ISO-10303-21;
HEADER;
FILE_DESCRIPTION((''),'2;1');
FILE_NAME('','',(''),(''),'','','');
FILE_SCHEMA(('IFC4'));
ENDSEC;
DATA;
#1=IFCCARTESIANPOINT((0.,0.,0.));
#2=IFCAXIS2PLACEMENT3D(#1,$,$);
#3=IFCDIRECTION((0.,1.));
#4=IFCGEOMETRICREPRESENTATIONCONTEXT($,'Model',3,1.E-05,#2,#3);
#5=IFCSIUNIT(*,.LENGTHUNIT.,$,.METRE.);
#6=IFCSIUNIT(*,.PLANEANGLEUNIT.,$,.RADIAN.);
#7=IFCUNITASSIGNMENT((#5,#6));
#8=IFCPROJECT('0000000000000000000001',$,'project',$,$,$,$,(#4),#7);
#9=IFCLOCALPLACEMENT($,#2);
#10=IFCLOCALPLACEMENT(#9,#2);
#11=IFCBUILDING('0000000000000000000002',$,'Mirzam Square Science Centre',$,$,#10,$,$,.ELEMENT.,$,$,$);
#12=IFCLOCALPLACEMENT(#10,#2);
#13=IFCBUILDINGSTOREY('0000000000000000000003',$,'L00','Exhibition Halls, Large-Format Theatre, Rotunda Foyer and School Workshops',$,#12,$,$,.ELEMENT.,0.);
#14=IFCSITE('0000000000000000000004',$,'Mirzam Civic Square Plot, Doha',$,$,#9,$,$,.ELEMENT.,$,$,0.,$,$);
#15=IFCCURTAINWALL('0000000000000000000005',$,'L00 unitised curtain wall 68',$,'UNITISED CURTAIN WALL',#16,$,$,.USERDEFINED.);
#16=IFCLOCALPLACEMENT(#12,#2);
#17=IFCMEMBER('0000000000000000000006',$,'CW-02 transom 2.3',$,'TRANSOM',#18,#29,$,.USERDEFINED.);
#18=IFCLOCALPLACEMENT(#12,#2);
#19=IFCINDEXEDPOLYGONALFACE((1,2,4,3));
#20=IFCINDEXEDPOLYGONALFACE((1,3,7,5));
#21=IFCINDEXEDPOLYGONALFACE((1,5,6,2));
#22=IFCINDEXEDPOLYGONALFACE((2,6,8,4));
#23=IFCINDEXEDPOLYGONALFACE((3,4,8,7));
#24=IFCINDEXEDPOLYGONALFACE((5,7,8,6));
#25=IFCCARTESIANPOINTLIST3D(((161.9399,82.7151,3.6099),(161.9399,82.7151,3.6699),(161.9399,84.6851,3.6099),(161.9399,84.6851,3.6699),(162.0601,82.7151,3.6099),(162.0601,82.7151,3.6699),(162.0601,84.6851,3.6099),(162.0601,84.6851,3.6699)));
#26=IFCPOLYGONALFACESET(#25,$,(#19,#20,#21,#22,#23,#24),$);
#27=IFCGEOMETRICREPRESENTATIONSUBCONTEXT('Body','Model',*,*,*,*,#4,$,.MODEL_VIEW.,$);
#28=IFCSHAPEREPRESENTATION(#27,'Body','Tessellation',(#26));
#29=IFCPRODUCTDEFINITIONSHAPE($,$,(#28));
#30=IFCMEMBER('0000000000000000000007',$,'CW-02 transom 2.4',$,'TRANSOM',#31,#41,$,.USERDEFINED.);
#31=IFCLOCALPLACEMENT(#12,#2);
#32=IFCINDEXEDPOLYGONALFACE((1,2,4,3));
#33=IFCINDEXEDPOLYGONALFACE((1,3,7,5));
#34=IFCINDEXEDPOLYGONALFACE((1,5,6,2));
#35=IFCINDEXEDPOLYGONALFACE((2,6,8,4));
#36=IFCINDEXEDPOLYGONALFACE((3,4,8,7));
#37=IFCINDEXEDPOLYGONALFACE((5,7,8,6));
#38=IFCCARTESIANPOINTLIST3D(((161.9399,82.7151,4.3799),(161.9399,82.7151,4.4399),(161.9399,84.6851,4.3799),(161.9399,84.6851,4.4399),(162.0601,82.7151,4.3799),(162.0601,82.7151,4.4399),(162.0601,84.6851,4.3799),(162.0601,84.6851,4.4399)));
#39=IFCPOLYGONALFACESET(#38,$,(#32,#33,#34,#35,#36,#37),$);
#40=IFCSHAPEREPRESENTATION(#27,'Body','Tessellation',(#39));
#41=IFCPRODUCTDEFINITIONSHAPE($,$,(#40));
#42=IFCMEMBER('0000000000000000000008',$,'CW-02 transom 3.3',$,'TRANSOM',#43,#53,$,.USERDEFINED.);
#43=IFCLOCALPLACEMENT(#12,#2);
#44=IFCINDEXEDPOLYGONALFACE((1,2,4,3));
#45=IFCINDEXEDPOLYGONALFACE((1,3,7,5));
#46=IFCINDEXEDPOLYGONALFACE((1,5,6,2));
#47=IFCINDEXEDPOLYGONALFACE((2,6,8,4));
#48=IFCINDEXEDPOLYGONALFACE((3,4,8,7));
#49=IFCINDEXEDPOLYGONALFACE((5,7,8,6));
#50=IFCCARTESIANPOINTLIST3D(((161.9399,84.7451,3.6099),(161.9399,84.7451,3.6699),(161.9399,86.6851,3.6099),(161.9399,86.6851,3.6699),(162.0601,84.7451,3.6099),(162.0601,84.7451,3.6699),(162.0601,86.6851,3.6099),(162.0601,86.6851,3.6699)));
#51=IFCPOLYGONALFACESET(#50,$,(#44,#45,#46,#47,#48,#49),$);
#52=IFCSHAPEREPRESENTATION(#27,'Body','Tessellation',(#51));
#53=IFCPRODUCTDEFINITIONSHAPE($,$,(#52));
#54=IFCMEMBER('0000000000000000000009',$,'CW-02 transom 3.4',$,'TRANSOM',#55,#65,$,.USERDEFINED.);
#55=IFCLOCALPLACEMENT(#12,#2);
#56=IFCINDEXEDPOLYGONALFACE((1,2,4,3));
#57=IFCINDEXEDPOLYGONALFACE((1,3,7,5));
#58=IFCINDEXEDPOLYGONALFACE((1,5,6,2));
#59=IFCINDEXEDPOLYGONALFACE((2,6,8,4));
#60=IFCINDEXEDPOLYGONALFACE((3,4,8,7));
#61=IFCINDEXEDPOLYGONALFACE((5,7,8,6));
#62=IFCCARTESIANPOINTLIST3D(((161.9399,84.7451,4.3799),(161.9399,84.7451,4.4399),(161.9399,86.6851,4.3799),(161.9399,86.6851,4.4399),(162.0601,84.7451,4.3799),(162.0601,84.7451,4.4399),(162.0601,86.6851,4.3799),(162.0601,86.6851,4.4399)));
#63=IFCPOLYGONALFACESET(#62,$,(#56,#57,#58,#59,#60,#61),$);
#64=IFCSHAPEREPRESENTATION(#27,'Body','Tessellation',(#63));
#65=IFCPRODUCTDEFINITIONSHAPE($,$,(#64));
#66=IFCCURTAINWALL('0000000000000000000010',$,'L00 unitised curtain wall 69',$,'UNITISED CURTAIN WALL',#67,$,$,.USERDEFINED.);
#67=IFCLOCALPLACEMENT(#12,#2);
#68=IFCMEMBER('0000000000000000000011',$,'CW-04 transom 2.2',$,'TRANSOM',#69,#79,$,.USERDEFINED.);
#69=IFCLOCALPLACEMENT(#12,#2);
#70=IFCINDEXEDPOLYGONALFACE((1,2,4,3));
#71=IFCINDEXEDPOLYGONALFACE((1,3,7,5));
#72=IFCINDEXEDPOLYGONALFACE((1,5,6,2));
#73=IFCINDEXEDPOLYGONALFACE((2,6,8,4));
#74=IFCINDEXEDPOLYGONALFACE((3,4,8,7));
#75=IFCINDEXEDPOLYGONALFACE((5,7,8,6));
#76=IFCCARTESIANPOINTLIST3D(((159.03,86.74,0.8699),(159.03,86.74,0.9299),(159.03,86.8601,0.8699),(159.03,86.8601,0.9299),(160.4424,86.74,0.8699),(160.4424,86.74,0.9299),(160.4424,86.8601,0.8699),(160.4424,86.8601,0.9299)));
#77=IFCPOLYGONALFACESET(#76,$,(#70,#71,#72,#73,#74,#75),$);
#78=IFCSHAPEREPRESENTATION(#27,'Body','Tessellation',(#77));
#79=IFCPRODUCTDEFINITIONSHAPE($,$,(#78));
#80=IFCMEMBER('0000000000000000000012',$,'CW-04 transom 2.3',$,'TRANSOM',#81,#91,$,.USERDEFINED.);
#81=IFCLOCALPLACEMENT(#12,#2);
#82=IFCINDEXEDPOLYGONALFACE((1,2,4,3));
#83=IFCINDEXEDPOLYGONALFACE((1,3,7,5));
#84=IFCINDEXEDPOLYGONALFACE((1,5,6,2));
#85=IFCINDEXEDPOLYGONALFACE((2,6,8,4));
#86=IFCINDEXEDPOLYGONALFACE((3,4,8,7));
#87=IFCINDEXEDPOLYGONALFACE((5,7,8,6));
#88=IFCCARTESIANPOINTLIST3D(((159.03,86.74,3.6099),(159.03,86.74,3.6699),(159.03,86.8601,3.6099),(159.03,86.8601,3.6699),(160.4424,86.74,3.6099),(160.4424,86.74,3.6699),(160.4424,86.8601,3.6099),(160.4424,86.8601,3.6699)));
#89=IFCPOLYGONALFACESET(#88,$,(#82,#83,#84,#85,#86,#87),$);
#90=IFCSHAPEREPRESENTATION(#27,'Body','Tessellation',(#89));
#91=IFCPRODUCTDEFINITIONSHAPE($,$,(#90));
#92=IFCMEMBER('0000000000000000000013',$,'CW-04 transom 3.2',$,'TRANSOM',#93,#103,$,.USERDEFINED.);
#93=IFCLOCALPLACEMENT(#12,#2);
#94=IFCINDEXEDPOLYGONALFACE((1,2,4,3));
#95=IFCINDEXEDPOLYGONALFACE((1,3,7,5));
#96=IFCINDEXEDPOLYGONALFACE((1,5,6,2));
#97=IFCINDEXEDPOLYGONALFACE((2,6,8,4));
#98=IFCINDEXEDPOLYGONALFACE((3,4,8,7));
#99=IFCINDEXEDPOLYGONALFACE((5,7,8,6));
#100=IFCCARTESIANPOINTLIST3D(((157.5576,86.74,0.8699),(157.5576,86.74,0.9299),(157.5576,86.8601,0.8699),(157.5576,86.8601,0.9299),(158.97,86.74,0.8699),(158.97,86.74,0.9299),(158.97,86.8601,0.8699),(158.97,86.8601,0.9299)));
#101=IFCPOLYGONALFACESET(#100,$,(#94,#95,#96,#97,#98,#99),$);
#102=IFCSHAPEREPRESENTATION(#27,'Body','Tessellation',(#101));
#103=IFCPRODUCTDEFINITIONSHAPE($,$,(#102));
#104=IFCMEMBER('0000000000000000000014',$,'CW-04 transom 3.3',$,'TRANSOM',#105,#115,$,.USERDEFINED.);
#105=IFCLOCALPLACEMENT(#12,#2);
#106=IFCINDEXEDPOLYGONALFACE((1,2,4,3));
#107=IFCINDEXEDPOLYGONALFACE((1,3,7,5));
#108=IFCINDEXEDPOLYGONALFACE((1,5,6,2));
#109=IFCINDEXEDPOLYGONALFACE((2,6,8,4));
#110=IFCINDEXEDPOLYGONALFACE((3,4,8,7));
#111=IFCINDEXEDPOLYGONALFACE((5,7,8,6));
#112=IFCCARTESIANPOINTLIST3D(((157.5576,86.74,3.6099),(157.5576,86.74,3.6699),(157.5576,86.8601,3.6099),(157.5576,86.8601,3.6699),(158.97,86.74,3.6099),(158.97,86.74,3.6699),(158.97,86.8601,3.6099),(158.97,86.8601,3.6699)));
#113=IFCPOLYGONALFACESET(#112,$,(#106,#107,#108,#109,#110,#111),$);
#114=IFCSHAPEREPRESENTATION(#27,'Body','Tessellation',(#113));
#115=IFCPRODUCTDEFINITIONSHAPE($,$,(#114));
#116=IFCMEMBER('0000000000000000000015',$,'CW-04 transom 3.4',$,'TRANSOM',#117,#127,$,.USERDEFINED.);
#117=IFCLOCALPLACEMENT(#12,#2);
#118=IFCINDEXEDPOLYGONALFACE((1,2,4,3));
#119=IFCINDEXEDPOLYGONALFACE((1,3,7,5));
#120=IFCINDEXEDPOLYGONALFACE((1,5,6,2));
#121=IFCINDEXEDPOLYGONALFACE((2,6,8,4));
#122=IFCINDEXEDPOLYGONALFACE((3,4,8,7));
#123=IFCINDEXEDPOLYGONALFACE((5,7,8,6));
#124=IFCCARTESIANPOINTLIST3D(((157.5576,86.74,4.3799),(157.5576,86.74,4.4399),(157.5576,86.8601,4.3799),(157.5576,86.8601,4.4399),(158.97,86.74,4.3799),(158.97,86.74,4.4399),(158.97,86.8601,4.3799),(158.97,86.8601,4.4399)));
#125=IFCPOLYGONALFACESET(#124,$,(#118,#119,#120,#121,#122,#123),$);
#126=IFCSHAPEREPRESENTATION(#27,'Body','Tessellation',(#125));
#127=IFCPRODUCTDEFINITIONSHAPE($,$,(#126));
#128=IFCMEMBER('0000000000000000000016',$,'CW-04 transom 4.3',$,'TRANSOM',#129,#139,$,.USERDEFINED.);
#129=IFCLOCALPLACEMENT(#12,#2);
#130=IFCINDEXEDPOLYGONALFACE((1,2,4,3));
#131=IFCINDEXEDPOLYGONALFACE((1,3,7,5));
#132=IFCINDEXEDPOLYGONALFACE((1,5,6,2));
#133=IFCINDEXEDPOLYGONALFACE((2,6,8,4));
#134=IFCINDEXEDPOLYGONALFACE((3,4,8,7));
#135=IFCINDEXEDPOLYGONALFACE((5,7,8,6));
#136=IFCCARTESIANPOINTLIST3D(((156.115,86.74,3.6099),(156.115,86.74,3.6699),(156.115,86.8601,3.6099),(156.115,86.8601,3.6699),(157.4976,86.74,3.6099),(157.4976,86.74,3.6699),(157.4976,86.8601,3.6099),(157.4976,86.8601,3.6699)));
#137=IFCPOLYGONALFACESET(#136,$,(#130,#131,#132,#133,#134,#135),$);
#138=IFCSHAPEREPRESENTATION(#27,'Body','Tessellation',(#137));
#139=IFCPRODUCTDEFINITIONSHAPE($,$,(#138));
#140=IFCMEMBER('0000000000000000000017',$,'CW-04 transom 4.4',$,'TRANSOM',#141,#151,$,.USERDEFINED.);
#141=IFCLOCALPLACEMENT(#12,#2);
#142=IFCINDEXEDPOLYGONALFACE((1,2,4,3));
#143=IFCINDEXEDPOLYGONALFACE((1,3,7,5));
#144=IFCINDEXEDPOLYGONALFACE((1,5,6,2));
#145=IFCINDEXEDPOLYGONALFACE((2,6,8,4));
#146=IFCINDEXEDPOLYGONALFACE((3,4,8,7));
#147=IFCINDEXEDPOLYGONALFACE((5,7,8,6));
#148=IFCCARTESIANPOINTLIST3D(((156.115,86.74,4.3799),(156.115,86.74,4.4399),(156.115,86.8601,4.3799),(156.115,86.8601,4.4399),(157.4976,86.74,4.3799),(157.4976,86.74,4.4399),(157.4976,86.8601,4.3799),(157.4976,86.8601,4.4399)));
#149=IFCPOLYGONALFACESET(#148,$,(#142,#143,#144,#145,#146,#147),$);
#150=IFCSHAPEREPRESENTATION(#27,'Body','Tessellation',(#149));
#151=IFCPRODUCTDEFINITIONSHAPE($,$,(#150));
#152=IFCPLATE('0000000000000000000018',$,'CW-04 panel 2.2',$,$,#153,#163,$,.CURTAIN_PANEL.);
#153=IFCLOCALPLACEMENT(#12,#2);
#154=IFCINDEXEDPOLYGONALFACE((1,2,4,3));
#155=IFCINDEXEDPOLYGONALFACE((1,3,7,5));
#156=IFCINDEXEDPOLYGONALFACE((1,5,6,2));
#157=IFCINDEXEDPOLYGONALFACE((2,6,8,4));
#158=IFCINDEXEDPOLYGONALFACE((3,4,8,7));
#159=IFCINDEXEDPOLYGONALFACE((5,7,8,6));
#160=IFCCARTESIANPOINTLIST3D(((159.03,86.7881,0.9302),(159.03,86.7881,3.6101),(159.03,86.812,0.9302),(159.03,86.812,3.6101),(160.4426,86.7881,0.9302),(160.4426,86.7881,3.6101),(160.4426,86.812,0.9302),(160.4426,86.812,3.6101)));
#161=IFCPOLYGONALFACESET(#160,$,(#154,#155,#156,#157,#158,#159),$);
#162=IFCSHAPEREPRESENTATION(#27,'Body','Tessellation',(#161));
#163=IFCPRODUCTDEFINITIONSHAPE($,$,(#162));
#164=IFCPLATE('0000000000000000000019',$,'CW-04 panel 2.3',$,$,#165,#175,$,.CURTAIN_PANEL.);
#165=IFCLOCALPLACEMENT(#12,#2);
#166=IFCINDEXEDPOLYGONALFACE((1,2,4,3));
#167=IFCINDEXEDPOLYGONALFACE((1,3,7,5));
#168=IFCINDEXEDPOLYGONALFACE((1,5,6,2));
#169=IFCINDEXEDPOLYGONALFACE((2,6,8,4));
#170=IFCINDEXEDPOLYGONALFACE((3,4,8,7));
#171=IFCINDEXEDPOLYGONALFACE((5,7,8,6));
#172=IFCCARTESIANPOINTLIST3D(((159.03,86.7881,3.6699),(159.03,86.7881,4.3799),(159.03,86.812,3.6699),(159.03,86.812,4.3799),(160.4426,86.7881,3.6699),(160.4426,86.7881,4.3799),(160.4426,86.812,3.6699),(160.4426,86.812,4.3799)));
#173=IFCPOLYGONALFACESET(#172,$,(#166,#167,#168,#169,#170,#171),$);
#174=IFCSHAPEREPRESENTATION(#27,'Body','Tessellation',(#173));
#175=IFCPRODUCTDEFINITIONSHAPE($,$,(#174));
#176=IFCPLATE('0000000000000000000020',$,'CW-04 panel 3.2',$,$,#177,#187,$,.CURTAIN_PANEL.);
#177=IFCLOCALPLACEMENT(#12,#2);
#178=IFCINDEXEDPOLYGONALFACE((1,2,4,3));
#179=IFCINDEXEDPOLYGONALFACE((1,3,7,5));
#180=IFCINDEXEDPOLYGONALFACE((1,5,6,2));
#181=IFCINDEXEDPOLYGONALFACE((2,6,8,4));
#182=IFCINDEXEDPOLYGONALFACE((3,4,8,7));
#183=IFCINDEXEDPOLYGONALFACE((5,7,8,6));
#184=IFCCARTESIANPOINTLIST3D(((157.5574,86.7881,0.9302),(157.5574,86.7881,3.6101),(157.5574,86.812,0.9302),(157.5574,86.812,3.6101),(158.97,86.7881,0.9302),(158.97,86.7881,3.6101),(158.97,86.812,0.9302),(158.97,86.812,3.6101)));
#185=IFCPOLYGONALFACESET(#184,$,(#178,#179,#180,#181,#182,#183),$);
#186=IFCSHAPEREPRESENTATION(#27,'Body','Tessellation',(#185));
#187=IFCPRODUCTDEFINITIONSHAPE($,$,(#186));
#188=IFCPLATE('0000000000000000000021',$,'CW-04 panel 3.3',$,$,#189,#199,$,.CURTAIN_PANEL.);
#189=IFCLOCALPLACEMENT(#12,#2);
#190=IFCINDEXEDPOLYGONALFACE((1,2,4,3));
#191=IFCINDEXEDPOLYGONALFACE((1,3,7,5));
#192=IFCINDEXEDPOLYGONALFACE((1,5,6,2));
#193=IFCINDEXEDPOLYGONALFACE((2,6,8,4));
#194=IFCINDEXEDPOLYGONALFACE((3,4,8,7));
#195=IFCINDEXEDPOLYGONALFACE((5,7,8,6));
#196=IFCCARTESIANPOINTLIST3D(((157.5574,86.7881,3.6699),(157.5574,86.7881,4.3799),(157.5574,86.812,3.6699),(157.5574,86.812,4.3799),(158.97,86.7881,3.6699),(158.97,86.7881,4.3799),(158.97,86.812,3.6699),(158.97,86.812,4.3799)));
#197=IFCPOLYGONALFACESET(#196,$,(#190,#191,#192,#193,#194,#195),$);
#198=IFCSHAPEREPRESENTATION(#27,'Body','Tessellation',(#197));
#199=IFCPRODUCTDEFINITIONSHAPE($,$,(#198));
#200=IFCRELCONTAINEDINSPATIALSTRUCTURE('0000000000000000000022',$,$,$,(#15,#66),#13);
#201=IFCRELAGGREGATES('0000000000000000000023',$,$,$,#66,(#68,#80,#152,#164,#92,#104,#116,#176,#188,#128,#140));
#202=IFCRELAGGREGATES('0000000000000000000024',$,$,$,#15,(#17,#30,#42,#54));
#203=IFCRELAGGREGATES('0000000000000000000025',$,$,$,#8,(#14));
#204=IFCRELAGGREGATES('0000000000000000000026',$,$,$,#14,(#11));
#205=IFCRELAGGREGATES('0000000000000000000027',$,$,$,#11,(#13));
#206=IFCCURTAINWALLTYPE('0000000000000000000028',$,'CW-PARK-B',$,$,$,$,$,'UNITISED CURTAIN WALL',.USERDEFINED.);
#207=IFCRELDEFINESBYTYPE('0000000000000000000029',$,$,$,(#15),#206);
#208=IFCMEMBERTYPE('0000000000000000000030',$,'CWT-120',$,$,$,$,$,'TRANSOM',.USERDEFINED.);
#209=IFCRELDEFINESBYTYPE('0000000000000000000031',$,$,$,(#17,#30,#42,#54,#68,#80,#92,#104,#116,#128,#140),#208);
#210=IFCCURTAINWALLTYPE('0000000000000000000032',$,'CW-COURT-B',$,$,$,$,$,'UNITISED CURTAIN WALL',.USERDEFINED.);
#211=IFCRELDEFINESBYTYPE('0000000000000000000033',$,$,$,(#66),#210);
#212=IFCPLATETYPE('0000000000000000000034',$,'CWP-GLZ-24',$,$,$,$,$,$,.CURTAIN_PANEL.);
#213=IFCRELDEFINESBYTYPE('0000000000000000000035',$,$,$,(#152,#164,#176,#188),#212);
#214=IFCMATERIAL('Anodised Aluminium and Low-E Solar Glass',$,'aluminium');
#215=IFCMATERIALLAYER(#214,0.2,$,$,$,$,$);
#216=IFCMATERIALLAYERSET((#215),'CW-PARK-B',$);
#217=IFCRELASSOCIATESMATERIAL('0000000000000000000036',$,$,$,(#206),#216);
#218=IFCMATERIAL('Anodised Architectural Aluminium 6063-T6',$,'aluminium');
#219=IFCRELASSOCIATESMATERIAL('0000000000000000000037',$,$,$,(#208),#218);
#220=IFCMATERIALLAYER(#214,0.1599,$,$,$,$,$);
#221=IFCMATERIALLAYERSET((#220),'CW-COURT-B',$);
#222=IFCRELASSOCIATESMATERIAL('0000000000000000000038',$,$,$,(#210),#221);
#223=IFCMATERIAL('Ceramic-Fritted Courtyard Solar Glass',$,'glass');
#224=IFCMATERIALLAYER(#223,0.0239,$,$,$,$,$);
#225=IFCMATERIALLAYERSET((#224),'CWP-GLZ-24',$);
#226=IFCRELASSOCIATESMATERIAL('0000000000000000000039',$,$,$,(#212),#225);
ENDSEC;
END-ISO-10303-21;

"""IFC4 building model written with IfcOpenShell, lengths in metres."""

from ifc_helpers import new_model, si_unit, direction, frame, origin, origin_2d, place, context, subcontext, project, spatial, rectangle, extrude, material, layer, layer_set, material_profile, profile_set, type_object, element, aggregate, save


model = new_model("IFC4")

# Units and contexts
model_context = context("Model", 3, precision=1e-05, world=origin(), true_north=direction((0.0, 1.0)))
body_context = subcontext(model_context, "Body", "Model", "MODEL_VIEW")
ifc_project = project(units=[si_unit("LENGTHUNIT", "METRE"), si_unit("PLANEANGLEUNIT", "RADIAN")], contexts=[model_context])

# Site, building, storey
site_placement = place(None, origin())
site = spatial("IfcSite", under=ifc_project, at=site_placement, Name="Mirzam Civic Square Plot, Doha", CompositionType="ELEMENT", RefElevation=0.0)
building_placement = place(site_placement, origin())
building = spatial("IfcBuilding", under=site, at=building_placement, Name="Mirzam Square Science Centre", CompositionType="ELEMENT")
storey_placement = place(building_placement, origin())
storey = spatial("IfcBuildingStorey", under=building, at=storey_placement, Name="L00", Description="Exhibition Halls, Large-Format Theatre, Rotunda Foyer and School Workshops", CompositionType="ELEMENT", Elevation=0.0)

# Curtain wall, members
ifc_material_1 = material(Name="Anodised Aluminium and Low-E Solar Glass", Category="aluminium")
ifc_layer_1 = layer(ifc_material_1, 0.2)
ifc_layer_set_1 = layer_set([ifc_layer_1], Name="CW-PARK-B")
curtain_wall_type_1 = type_object("IfcCurtainWallType", Name="CW-PARK-B", ElementType="UNITISED CURTAIN WALL", PredefinedType="USERDEFINED", material=ifc_layer_set_1)
curtain_wall_1_placement = place(storey_placement, origin())
curtain_wall_1 = element("IfcCurtainWall", 1, at=curtain_wall_1_placement, inside=storey, type_object=curtain_wall_type_1, Name="L00 unitised curtain wall 68", ObjectType="UNITISED CURTAIN WALL", PredefinedType="USERDEFINED")
ifc_material_2 = material(Name="Anodised Architectural Aluminium 6063-T6", Category="aluminium")
ifc_material_profile = material_profile(ifc_material_2, rectangle(XDim=0.1201, YDim=0.0601, at=origin_2d()), Name="ALU-TRAN-120x60x4")
ifc_profile_set = profile_set([ifc_material_profile], Name="Anodised Architectural Aluminium 6063-T6")
member_type = type_object("IfcMemberType", Name="CWT-120", ElementType="TRANSOM", PredefinedType="USERDEFINED", material=ifc_profile_set)
member_1_placement = place(storey_placement, frame((162.0, 82.7151, 3.6399), z_axis=(0.0, 1.0, 0.0), x_axis=(-1.0, 0.0, 0.0)))
member_1 = element("IfcMember", 2, at=member_1_placement, type_object=member_type, Name="CW-02 transom 2.3", ObjectType="TRANSOM", PredefinedType="USERDEFINED", context=body_context, shape_type="SweptSolid", body=[
    extrude(rectangle(XDim=0.1201, YDim=0.0601, at=origin_2d()), origin(), (0.0, 0.0, 1.0), 1.97),
])
member_2_placement = place(storey_placement, frame((162.0, 82.7151, 4.4099), z_axis=(0.0, 1.0, 0.0), x_axis=(-1.0, 0.0, 0.0)))
member_2 = element("IfcMember", 3, at=member_2_placement, type_object=member_type, Name="CW-02 transom 2.4", ObjectType="TRANSOM", PredefinedType="USERDEFINED", context=body_context, shape_type="SweptSolid", body=[
    extrude(rectangle(XDim=0.1201, YDim=0.0601, at=origin_2d()), origin(), (0.0, 0.0, 1.0), 1.97),
])
member_3_placement = place(storey_placement, frame((162.0, 84.7451, 3.6399), z_axis=(0.0, 1.0, 0.0), x_axis=(-1.0, 0.0, 0.0)))
member_3 = element("IfcMember", 4, at=member_3_placement, type_object=member_type, Name="CW-02 transom 3.3", ObjectType="TRANSOM", PredefinedType="USERDEFINED", context=body_context, shape_type="SweptSolid", body=[
    extrude(rectangle(XDim=0.1201, YDim=0.0601, at=origin_2d()), origin(), (0.0, 0.0, 1.0), 1.9399),
])
member_4_placement = place(storey_placement, frame((162.0, 84.7451, 4.4099), z_axis=(0.0, 1.0, 0.0), x_axis=(-1.0, 0.0, 0.0)))
member_4 = element("IfcMember", 5, at=member_4_placement, type_object=member_type, Name="CW-02 transom 3.4", ObjectType="TRANSOM", PredefinedType="USERDEFINED", context=body_context, shape_type="SweptSolid", body=[
    extrude(rectangle(XDim=0.1201, YDim=0.0601, at=origin_2d()), origin(), (0.0, 0.0, 1.0), 1.9399),
])

# Curtain wall, members, plates
ifc_layer_2 = layer(ifc_material_1, 0.1599)
ifc_layer_set_2 = layer_set([ifc_layer_2], Name="CW-COURT-B")
curtain_wall_type_2 = type_object("IfcCurtainWallType", Name="CW-COURT-B", ElementType="UNITISED CURTAIN WALL", PredefinedType="USERDEFINED", material=ifc_layer_set_2)
curtain_wall_2_placement = place(storey_placement, origin())
curtain_wall_2 = element("IfcCurtainWall", 6, at=curtain_wall_2_placement, inside=storey, type_object=curtain_wall_type_2, Name="L00 unitised curtain wall 69", ObjectType="UNITISED CURTAIN WALL", PredefinedType="USERDEFINED")
member_5_placement = place(storey_placement, frame((160.4424, 86.8, 0.8999), z_axis=(-1.0, 0.0, 0.0), x_axis=(0.0, -1.0, 0.0)))
member_5 = element("IfcMember", 7, at=member_5_placement, type_object=member_type, Name="CW-04 transom 2.2", ObjectType="TRANSOM", PredefinedType="USERDEFINED", context=body_context, shape_type="SweptSolid", body=[
    extrude(rectangle(XDim=0.1201, YDim=0.0601, at=origin_2d()), origin(), (0.0, 0.0, 1.0), 1.4124),
])
member_6_placement = place(storey_placement, frame((160.4424, 86.8, 3.6399), z_axis=(-1.0, 0.0, 0.0), x_axis=(0.0, -1.0, 0.0)))
member_6 = element("IfcMember", 8, at=member_6_placement, type_object=member_type, Name="CW-04 transom 2.3", ObjectType="TRANSOM", PredefinedType="USERDEFINED", context=body_context, shape_type="SweptSolid", body=[
    extrude(rectangle(XDim=0.1201, YDim=0.0601, at=origin_2d()), origin(), (0.0, 0.0, 1.0), 1.4124),
])
member_7_placement = place(storey_placement, frame((158.97, 86.8, 0.8999), z_axis=(-1.0, 0.0, 0.0), x_axis=(0.0, -1.0, 0.0)))
member_7 = element("IfcMember", 9, at=member_7_placement, type_object=member_type, Name="CW-04 transom 3.2", ObjectType="TRANSOM", PredefinedType="USERDEFINED", context=body_context, shape_type="SweptSolid", body=[
    extrude(rectangle(XDim=0.1201, YDim=0.0601, at=origin_2d()), origin(), (0.0, 0.0, 1.0), 1.4124),
])
member_8_placement = place(storey_placement, frame((158.97, 86.8, 3.6399), z_axis=(-1.0, 0.0, 0.0), x_axis=(0.0, -1.0, 0.0)))
member_8 = element("IfcMember", 10, at=member_8_placement, type_object=member_type, Name="CW-04 transom 3.3", ObjectType="TRANSOM", PredefinedType="USERDEFINED", context=body_context, shape_type="SweptSolid", body=[
    extrude(rectangle(XDim=0.1201, YDim=0.0601, at=origin_2d()), origin(), (0.0, 0.0, 1.0), 1.4124),
])
member_9_placement = place(storey_placement, frame((158.97, 86.8, 4.4099), z_axis=(-1.0, 0.0, 0.0), x_axis=(0.0, -1.0, 0.0)))
member_9 = element("IfcMember", 11, at=member_9_placement, type_object=member_type, Name="CW-04 transom 3.4", ObjectType="TRANSOM", PredefinedType="USERDEFINED", context=body_context, shape_type="SweptSolid", body=[
    extrude(rectangle(XDim=0.1201, YDim=0.0601, at=origin_2d()), origin(), (0.0, 0.0, 1.0), 1.4124),
])
member_10_placement = place(storey_placement, frame((157.4976, 86.8, 3.6399), z_axis=(-1.0, 0.0, 0.0), x_axis=(0.0, -1.0, 0.0)))
member_10 = element("IfcMember", 12, at=member_10_placement, type_object=member_type, Name="CW-04 transom 4.3", ObjectType="TRANSOM", PredefinedType="USERDEFINED", context=body_context, shape_type="SweptSolid", body=[
    extrude(rectangle(XDim=0.1201, YDim=0.0601, at=origin_2d()), origin(), (0.0, 0.0, 1.0), 1.3826),
])
member_11_placement = place(storey_placement, frame((157.4976, 86.8, 4.4099), z_axis=(-1.0, 0.0, 0.0), x_axis=(0.0, -1.0, 0.0)))
member_11 = element("IfcMember", 13, at=member_11_placement, type_object=member_type, Name="CW-04 transom 4.4", ObjectType="TRANSOM", PredefinedType="USERDEFINED", context=body_context, shape_type="SweptSolid", body=[
    extrude(rectangle(XDim=0.1201, YDim=0.0601, at=origin_2d()), origin(), (0.0, 0.0, 1.0), 1.3826),
])
ifc_material_3 = material(Name="Ceramic-Fritted Courtyard Solar Glass", Category="glass")
ifc_layer_3 = layer(ifc_material_3, 0.0239)
ifc_layer_set_3 = layer_set([ifc_layer_3], Name="CWP-GLZ-24")
plate_type_1 = type_object("IfcPlateType", Name="CWP-GLZ-24", PredefinedType="CURTAIN_PANEL", material=ifc_layer_set_3)
plate_1_placement = place(storey_placement, frame((159.7363, 86.8, 0.9302), z_axis=(0.0, 0.0, 1.0), x_axis=(-1.0, 0.0, 0.0)))
plate_1 = element("IfcPlate", 14, at=plate_1_placement, type_object=plate_type_1, Name="CW-04 panel 2.2", PredefinedType="CURTAIN_PANEL", context=body_context, shape_type="SweptSolid", body=[
    extrude(rectangle(XDim=1.4126, YDim=0.0239, at=origin_2d()), origin(), (0.0, 0.0, 1.0), 2.6799),
])
plate_2_placement = place(storey_placement, frame((159.7363, 86.8, 3.6699), z_axis=(0.0, 0.0, 1.0), x_axis=(-1.0, 0.0, 0.0)))
plate_2 = element("IfcPlate", 15, at=plate_2_placement, type_object=plate_type_1, Name="CW-04 panel 2.3", PredefinedType="CURTAIN_PANEL", context=body_context, shape_type="SweptSolid", body=[
    extrude(rectangle(XDim=1.4126, YDim=0.0239, at=origin_2d()), origin(), (0.0, 0.0, 1.0), 0.71),
])
plate_3_placement = place(storey_placement, frame((158.2637, 86.8, 0.9302), z_axis=(0.0, 0.0, 1.0), x_axis=(-1.0, 0.0, 0.0)))
plate_3 = element("IfcPlate", 16, at=plate_3_placement, type_object=plate_type_1, Name="CW-04 panel 3.2", PredefinedType="CURTAIN_PANEL", context=body_context, shape_type="SweptSolid", body=[
    extrude(rectangle(XDim=1.4126, YDim=0.0239, at=origin_2d()), origin(), (0.0, 0.0, 1.0), 2.6799),
])
plate_4_placement = place(storey_placement, frame((158.2637, 86.8, 3.6699), z_axis=(0.0, 0.0, 1.0), x_axis=(-1.0, 0.0, 0.0)))
plate_4 = element("IfcPlate", 17, at=plate_4_placement, type_object=plate_type_1, Name="CW-04 panel 3.3", PredefinedType="CURTAIN_PANEL", context=body_context, shape_type="SweptSolid", body=[
    extrude(rectangle(XDim=1.4126, YDim=0.0239, at=origin_2d()), origin(), (0.0, 0.0, 1.0), 0.71),
])
aggregate(curtain_wall_2, [member_5, member_6, plate_1, plate_2, member_7, member_8, member_9, plate_3, plate_4, member_10, member_11])

aggregate(curtain_wall_1, [member_1, member_2, member_3, member_4])

save(model, "model.ifc")
